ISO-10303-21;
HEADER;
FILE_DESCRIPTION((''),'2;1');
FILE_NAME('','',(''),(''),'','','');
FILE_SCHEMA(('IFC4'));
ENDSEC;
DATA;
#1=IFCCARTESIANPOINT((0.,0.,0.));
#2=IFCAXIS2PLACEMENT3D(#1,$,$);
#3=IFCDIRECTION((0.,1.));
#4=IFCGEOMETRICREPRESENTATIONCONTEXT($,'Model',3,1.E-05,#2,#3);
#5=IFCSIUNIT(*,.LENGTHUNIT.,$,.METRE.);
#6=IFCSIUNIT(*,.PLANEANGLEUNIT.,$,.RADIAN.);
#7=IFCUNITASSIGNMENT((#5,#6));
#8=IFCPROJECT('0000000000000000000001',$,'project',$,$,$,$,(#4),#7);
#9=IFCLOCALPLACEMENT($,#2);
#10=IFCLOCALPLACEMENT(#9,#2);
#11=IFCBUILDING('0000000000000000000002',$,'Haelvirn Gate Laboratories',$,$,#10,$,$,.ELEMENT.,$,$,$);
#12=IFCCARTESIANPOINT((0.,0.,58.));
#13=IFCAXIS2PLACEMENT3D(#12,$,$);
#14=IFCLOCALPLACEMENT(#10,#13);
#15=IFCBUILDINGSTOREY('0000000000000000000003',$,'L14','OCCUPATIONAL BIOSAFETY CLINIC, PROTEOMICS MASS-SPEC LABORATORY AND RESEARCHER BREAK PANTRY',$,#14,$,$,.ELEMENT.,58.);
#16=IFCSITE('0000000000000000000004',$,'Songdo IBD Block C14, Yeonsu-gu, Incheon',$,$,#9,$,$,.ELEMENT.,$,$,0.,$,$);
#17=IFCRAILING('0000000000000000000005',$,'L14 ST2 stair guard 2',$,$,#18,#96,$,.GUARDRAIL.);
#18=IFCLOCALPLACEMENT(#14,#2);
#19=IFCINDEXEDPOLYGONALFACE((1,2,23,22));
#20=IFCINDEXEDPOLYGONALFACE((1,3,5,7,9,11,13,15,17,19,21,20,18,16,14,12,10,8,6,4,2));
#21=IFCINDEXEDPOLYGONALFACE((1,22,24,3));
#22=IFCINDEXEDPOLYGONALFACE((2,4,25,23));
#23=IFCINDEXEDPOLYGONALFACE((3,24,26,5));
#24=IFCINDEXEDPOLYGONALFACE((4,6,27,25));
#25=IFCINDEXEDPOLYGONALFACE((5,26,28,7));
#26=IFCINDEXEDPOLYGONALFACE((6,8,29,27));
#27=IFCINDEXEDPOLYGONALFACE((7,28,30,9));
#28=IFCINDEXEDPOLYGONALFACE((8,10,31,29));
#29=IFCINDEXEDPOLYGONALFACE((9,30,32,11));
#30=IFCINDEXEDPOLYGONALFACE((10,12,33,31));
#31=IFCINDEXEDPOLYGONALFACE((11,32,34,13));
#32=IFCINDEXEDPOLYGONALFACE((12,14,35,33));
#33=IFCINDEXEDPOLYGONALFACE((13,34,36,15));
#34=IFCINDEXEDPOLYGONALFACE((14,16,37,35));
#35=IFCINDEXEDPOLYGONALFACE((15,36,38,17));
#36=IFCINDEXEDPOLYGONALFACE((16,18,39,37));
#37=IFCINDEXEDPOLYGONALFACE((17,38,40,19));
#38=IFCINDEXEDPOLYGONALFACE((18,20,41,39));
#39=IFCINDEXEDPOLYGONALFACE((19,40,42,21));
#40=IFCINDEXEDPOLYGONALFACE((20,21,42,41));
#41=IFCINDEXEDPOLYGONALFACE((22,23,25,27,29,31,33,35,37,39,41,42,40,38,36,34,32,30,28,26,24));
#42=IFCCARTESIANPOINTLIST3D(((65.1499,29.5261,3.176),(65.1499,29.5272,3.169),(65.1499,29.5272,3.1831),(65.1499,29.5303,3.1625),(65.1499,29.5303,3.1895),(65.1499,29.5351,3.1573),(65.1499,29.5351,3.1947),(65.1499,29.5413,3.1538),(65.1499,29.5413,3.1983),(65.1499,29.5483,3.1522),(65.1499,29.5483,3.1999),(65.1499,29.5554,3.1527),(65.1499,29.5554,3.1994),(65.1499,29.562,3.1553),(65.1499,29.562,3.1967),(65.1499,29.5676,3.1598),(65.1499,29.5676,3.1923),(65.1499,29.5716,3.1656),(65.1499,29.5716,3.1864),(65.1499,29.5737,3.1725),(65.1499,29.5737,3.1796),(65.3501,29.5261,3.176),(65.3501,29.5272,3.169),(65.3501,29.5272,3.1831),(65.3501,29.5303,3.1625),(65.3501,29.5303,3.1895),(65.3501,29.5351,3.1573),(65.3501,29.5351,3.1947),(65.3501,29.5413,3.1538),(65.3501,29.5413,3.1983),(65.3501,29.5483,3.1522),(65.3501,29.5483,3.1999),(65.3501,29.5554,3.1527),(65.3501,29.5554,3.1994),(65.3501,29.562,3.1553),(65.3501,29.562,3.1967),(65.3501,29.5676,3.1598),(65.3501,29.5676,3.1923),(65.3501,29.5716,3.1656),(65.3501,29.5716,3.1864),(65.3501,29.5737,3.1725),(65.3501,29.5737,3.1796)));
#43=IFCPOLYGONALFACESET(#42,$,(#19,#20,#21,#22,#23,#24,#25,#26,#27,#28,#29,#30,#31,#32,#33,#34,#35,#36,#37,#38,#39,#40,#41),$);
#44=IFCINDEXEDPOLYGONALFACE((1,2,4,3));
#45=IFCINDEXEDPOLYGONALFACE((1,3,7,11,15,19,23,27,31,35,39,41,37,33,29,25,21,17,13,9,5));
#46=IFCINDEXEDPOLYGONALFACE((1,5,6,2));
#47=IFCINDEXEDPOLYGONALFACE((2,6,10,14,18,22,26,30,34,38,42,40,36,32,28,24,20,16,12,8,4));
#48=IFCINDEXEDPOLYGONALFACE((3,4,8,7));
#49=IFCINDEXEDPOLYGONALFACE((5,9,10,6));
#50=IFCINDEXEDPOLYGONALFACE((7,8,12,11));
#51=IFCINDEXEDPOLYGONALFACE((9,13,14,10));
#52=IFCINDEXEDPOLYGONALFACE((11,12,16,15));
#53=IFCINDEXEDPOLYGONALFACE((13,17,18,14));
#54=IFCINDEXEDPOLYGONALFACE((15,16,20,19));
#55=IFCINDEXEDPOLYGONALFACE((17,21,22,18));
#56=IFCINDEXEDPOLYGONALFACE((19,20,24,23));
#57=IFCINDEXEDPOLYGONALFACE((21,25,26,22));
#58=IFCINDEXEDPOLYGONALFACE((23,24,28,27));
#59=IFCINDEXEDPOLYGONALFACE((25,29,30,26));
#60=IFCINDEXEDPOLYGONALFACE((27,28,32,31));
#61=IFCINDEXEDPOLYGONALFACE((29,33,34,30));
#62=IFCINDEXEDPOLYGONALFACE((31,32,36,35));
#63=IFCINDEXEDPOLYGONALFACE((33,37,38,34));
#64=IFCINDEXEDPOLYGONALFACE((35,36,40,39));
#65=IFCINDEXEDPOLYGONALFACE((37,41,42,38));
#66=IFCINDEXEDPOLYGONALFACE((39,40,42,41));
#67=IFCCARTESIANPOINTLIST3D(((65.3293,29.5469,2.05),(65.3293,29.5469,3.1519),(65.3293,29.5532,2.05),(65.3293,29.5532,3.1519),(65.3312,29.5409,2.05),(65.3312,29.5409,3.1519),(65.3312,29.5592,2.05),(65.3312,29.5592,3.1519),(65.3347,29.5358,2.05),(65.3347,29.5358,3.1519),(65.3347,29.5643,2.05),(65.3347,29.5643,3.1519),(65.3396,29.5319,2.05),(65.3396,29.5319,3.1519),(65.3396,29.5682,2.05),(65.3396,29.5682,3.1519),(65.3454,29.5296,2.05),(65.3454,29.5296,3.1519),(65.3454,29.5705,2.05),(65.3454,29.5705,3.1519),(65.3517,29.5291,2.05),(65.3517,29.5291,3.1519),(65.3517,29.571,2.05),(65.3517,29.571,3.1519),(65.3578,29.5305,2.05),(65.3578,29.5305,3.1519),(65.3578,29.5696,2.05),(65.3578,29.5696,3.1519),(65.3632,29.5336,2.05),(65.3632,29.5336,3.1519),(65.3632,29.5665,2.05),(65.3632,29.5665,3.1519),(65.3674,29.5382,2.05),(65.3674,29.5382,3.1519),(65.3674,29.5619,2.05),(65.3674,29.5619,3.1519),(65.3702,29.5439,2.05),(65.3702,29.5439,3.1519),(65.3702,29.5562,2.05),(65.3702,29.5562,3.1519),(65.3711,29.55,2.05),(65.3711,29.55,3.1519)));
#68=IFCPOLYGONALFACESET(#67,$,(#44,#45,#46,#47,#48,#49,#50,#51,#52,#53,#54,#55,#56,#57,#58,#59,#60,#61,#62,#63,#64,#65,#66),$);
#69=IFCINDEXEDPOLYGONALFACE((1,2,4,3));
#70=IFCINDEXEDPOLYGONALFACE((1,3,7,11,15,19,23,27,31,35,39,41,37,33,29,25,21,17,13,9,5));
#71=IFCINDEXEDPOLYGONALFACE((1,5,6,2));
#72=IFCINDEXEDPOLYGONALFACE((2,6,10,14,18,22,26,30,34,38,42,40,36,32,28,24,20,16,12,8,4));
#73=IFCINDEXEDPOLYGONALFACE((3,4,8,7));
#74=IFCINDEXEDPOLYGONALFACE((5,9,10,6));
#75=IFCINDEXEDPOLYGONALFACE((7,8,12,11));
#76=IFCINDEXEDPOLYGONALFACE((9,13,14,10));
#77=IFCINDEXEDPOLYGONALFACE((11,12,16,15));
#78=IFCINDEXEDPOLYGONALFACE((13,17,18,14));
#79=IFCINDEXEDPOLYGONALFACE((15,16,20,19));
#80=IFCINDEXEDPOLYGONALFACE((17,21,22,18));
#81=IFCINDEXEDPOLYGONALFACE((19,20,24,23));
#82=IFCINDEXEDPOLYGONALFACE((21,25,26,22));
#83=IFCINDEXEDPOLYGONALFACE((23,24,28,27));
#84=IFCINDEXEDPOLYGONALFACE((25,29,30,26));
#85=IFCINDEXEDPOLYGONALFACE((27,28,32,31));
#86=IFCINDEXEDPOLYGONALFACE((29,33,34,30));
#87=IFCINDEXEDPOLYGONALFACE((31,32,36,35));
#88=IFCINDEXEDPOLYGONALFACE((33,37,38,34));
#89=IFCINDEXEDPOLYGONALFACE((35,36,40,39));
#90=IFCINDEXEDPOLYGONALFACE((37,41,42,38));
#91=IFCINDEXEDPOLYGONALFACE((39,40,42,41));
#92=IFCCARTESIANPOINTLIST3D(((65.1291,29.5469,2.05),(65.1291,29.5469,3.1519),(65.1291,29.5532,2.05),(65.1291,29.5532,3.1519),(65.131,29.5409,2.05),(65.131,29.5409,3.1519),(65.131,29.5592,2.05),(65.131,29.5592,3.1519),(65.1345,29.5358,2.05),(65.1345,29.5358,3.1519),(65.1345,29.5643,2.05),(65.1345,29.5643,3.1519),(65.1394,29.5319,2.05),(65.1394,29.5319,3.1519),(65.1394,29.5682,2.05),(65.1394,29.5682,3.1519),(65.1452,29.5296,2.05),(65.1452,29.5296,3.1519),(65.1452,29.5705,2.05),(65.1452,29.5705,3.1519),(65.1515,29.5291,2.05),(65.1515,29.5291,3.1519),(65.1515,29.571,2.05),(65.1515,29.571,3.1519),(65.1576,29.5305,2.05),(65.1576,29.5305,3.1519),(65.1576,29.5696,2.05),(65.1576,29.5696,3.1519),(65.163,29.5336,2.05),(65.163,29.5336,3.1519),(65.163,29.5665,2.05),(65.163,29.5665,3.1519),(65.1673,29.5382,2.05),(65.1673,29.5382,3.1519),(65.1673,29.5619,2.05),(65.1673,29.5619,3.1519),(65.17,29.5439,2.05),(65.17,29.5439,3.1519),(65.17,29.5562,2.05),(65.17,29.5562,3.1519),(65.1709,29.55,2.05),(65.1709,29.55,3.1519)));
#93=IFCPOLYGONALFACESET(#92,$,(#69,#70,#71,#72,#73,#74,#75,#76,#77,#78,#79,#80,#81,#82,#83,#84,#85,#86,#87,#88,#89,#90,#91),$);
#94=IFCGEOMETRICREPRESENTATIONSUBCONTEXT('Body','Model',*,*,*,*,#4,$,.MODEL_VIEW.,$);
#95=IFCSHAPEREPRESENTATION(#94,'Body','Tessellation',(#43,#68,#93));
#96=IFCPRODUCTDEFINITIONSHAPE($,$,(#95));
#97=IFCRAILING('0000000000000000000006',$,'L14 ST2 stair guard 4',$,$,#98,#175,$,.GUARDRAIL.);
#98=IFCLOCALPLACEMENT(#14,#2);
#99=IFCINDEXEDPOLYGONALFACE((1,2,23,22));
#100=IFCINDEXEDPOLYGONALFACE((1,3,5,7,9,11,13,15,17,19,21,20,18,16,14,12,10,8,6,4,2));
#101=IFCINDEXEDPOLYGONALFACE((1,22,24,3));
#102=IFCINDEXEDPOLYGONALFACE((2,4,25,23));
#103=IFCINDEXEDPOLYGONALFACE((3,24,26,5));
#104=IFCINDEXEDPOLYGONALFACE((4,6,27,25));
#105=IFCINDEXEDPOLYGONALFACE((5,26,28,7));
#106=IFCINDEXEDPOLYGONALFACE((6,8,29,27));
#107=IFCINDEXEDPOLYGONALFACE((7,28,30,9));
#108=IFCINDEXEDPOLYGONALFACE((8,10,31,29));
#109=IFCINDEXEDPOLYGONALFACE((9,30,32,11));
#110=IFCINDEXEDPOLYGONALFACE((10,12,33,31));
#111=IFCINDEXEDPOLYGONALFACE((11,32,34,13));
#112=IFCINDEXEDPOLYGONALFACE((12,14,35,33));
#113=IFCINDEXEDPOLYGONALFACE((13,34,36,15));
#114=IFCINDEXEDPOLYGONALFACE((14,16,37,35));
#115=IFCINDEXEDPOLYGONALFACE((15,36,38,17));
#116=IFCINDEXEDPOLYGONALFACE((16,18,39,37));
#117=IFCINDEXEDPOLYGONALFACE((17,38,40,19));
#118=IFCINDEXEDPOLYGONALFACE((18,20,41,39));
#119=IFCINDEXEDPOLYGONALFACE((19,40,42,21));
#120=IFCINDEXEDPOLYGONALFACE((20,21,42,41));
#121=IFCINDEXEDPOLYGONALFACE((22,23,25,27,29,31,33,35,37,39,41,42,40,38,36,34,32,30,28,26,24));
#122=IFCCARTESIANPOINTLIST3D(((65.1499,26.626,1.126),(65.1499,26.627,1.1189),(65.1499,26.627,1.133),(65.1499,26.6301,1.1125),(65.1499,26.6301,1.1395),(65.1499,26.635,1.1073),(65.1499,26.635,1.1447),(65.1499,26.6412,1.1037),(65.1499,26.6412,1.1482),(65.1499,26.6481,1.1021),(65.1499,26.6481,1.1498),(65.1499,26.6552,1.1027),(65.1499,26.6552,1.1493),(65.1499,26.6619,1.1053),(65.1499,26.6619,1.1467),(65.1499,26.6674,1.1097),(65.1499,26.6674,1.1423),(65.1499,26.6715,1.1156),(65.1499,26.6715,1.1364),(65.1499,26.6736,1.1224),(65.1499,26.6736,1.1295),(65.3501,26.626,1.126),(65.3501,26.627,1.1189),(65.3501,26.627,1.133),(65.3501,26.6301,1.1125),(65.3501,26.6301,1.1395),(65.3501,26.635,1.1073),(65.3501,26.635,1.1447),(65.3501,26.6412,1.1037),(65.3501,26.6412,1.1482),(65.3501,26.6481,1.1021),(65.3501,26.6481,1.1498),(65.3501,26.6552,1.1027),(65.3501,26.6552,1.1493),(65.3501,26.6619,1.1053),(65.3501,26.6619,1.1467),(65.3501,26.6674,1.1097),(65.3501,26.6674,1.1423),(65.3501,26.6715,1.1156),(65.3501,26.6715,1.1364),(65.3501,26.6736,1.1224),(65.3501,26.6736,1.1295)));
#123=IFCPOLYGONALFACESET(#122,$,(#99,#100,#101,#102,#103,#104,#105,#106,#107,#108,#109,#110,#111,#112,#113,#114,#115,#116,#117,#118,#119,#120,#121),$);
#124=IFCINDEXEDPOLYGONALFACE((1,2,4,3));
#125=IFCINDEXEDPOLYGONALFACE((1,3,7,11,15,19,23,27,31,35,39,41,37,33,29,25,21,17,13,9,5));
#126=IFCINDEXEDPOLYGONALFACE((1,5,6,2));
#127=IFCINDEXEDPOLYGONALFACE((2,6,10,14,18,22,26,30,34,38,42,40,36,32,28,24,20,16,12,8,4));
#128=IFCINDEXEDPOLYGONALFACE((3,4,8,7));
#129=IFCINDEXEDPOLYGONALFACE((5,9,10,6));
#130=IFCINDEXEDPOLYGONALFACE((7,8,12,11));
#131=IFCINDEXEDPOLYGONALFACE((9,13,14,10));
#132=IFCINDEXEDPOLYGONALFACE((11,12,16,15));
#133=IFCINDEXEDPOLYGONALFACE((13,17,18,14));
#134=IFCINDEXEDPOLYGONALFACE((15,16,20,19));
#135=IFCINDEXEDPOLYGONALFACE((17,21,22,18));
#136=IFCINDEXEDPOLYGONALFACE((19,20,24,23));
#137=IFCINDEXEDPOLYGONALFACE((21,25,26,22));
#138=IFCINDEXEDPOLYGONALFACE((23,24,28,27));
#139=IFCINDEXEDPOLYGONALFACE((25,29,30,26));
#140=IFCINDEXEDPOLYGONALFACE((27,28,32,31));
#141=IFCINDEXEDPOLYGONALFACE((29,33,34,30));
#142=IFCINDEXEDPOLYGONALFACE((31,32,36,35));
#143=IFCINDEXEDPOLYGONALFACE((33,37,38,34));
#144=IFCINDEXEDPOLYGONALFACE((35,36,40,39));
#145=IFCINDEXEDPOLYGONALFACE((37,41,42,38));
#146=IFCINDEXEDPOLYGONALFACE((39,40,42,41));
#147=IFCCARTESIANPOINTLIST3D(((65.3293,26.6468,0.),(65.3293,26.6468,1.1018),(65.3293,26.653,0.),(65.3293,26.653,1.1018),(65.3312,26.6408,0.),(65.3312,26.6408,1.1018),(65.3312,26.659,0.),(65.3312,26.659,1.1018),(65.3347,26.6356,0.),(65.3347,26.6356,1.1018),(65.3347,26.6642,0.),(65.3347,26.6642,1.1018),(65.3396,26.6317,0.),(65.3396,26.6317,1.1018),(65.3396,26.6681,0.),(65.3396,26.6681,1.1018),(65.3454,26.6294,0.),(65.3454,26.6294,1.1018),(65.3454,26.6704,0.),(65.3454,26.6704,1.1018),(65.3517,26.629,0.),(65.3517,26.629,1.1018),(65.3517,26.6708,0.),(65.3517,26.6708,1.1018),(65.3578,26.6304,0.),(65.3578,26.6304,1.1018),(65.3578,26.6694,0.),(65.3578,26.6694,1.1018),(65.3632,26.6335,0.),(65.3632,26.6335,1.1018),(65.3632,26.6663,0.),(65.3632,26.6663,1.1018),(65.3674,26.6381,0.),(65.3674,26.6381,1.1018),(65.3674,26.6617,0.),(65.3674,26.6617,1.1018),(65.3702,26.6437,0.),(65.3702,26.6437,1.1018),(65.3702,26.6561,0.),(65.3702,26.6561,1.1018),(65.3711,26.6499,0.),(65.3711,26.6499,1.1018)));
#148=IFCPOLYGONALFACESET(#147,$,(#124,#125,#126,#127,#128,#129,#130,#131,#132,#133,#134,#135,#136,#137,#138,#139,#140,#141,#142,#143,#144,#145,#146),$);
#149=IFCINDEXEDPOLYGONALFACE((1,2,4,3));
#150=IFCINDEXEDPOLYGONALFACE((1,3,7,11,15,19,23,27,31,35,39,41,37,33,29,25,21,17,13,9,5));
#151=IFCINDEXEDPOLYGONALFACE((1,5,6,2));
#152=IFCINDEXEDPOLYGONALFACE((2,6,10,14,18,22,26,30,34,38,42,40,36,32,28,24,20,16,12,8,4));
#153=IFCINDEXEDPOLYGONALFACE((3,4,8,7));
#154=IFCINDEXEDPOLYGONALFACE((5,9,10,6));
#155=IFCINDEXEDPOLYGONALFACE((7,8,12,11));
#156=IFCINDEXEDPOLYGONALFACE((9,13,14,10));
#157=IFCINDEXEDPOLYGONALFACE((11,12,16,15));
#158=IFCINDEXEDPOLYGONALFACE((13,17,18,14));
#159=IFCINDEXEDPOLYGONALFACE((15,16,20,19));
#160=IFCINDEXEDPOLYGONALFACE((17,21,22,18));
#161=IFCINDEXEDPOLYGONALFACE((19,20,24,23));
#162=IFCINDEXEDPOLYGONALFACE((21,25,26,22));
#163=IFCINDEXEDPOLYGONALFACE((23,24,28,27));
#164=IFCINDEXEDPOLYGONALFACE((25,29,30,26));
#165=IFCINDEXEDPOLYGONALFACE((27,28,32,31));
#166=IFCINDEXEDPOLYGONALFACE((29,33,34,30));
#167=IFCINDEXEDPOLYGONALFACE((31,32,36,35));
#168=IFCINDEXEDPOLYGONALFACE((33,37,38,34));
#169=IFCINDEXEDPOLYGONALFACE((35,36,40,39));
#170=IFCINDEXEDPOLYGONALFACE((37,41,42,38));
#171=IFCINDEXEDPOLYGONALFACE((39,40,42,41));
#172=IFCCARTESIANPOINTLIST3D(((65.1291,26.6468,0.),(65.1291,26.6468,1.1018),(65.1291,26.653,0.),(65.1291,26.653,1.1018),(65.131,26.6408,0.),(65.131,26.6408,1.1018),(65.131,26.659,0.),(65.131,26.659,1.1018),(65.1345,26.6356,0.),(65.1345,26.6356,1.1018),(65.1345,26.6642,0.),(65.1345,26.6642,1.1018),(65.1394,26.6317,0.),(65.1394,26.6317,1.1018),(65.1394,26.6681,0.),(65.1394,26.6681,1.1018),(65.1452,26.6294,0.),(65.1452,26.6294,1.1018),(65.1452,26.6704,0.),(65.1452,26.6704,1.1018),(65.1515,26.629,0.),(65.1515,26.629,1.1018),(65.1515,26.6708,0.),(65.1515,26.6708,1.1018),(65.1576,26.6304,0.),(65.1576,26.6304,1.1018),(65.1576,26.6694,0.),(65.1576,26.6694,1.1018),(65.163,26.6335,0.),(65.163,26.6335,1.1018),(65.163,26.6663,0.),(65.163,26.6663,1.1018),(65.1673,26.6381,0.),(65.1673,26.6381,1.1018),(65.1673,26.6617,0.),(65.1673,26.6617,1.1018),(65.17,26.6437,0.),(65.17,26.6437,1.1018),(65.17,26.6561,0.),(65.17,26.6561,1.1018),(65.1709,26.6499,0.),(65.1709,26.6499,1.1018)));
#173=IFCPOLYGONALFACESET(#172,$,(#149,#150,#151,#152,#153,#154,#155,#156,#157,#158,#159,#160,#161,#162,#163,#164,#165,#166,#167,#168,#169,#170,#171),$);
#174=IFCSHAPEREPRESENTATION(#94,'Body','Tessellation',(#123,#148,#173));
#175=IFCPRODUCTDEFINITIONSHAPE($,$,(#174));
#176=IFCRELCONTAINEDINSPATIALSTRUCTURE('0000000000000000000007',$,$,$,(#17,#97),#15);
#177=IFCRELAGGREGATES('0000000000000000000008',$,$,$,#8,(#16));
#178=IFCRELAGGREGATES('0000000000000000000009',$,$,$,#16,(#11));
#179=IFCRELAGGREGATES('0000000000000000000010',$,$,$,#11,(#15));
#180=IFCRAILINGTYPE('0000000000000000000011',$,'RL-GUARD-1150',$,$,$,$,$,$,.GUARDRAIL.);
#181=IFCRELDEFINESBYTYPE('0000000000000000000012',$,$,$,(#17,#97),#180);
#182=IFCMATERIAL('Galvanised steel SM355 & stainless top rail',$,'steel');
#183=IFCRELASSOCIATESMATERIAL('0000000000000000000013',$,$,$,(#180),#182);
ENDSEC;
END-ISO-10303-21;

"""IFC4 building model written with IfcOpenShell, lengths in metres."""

from ifc_helpers import new_model, si_unit, direction, frame, origin, origin_2d, place, context, subcontext, project, spatial, circle, extrude, source, transform, mapped, material, type_object, element, save


model = new_model("IFC4")

# Units and contexts
model_context = context("Model", 3, precision=1e-05, world=origin(), true_north=direction((0.0, 1.0)))
body_context = subcontext(model_context, "Body", "Model", "MODEL_VIEW")
ifc_project = project(units=[si_unit("LENGTHUNIT", "METRE"), si_unit("PLANEANGLEUNIT", "RADIAN")], contexts=[model_context])

# Site, building, storey
site_placement = place(None, origin())
site = spatial("IfcSite", under=ifc_project, at=site_placement, Name="Songdo IBD Block C14, Yeonsu-gu, Incheon", CompositionType="ELEMENT", RefElevation=0.0)
building_placement = place(site_placement, origin())
building = spatial("IfcBuilding", under=site, at=building_placement, Name="Haelvirn Gate Laboratories", CompositionType="ELEMENT")
storey_placement = place(building_placement, frame((0.0, 0.0, 58.0)))
storey = spatial("IfcBuildingStorey", under=building, at=storey_placement, Name="L14", Description="OCCUPATIONAL BIOSAFETY CLINIC, PROTEOMICS MASS-SPEC LABORATORY AND RESEARCHER BREAK PANTRY", CompositionType="ELEMENT", Elevation=58.0)

# Railings
ifc_material_1 = material(Name="Galvanised steel SM355 & stainless top rail", Category="steel")
railing_type_1 = type_object("IfcRailingType", Name="RL-GUARD-1150", PredefinedType="GUARDRAIL", material=ifc_material_1)
shared_shape_1 = source(origin(), body_context, "Body", "SweptSolid", [
    extrude(circle(Radius=0.0239, at=origin_2d()), frame((0.0, 0.0, 1.126), z_axis=(-1.0, 0.0, 0.0), x_axis=(0.0, -1.0, 0.0)), (0.0, 0.0, 1.0), 0.2002),
    extrude(circle(Radius=0.021, at=origin_2d()), origin(), (0.0, 0.0, 1.0), 1.1018),
    extrude(circle(Radius=0.021, at=origin_2d()), frame((-0.2002, 0.0, 0.0)), (0.0, 0.0, 1.0), 1.1018),
])
for number, where, name in (
    (1, (65.3501, 29.55, 2.05), "L14 ST2 stair guard 2"),
    (2, (65.3501, 26.6499, 0.0), "L14 ST2 stair guard 4"),
):
    element("IfcRailing", number, at=place(storey_placement, frame(where)), inside=storey, type_object=railing_type_1, Name=name, PredefinedType="GUARDRAIL", context=body_context, shape_type="MappedRepresentation", body=[
        mapped(shared_shape_1, transform((0.0, 0.0, 0.0), scale=1.0)),
    ])

save(model, "model.ifc")
